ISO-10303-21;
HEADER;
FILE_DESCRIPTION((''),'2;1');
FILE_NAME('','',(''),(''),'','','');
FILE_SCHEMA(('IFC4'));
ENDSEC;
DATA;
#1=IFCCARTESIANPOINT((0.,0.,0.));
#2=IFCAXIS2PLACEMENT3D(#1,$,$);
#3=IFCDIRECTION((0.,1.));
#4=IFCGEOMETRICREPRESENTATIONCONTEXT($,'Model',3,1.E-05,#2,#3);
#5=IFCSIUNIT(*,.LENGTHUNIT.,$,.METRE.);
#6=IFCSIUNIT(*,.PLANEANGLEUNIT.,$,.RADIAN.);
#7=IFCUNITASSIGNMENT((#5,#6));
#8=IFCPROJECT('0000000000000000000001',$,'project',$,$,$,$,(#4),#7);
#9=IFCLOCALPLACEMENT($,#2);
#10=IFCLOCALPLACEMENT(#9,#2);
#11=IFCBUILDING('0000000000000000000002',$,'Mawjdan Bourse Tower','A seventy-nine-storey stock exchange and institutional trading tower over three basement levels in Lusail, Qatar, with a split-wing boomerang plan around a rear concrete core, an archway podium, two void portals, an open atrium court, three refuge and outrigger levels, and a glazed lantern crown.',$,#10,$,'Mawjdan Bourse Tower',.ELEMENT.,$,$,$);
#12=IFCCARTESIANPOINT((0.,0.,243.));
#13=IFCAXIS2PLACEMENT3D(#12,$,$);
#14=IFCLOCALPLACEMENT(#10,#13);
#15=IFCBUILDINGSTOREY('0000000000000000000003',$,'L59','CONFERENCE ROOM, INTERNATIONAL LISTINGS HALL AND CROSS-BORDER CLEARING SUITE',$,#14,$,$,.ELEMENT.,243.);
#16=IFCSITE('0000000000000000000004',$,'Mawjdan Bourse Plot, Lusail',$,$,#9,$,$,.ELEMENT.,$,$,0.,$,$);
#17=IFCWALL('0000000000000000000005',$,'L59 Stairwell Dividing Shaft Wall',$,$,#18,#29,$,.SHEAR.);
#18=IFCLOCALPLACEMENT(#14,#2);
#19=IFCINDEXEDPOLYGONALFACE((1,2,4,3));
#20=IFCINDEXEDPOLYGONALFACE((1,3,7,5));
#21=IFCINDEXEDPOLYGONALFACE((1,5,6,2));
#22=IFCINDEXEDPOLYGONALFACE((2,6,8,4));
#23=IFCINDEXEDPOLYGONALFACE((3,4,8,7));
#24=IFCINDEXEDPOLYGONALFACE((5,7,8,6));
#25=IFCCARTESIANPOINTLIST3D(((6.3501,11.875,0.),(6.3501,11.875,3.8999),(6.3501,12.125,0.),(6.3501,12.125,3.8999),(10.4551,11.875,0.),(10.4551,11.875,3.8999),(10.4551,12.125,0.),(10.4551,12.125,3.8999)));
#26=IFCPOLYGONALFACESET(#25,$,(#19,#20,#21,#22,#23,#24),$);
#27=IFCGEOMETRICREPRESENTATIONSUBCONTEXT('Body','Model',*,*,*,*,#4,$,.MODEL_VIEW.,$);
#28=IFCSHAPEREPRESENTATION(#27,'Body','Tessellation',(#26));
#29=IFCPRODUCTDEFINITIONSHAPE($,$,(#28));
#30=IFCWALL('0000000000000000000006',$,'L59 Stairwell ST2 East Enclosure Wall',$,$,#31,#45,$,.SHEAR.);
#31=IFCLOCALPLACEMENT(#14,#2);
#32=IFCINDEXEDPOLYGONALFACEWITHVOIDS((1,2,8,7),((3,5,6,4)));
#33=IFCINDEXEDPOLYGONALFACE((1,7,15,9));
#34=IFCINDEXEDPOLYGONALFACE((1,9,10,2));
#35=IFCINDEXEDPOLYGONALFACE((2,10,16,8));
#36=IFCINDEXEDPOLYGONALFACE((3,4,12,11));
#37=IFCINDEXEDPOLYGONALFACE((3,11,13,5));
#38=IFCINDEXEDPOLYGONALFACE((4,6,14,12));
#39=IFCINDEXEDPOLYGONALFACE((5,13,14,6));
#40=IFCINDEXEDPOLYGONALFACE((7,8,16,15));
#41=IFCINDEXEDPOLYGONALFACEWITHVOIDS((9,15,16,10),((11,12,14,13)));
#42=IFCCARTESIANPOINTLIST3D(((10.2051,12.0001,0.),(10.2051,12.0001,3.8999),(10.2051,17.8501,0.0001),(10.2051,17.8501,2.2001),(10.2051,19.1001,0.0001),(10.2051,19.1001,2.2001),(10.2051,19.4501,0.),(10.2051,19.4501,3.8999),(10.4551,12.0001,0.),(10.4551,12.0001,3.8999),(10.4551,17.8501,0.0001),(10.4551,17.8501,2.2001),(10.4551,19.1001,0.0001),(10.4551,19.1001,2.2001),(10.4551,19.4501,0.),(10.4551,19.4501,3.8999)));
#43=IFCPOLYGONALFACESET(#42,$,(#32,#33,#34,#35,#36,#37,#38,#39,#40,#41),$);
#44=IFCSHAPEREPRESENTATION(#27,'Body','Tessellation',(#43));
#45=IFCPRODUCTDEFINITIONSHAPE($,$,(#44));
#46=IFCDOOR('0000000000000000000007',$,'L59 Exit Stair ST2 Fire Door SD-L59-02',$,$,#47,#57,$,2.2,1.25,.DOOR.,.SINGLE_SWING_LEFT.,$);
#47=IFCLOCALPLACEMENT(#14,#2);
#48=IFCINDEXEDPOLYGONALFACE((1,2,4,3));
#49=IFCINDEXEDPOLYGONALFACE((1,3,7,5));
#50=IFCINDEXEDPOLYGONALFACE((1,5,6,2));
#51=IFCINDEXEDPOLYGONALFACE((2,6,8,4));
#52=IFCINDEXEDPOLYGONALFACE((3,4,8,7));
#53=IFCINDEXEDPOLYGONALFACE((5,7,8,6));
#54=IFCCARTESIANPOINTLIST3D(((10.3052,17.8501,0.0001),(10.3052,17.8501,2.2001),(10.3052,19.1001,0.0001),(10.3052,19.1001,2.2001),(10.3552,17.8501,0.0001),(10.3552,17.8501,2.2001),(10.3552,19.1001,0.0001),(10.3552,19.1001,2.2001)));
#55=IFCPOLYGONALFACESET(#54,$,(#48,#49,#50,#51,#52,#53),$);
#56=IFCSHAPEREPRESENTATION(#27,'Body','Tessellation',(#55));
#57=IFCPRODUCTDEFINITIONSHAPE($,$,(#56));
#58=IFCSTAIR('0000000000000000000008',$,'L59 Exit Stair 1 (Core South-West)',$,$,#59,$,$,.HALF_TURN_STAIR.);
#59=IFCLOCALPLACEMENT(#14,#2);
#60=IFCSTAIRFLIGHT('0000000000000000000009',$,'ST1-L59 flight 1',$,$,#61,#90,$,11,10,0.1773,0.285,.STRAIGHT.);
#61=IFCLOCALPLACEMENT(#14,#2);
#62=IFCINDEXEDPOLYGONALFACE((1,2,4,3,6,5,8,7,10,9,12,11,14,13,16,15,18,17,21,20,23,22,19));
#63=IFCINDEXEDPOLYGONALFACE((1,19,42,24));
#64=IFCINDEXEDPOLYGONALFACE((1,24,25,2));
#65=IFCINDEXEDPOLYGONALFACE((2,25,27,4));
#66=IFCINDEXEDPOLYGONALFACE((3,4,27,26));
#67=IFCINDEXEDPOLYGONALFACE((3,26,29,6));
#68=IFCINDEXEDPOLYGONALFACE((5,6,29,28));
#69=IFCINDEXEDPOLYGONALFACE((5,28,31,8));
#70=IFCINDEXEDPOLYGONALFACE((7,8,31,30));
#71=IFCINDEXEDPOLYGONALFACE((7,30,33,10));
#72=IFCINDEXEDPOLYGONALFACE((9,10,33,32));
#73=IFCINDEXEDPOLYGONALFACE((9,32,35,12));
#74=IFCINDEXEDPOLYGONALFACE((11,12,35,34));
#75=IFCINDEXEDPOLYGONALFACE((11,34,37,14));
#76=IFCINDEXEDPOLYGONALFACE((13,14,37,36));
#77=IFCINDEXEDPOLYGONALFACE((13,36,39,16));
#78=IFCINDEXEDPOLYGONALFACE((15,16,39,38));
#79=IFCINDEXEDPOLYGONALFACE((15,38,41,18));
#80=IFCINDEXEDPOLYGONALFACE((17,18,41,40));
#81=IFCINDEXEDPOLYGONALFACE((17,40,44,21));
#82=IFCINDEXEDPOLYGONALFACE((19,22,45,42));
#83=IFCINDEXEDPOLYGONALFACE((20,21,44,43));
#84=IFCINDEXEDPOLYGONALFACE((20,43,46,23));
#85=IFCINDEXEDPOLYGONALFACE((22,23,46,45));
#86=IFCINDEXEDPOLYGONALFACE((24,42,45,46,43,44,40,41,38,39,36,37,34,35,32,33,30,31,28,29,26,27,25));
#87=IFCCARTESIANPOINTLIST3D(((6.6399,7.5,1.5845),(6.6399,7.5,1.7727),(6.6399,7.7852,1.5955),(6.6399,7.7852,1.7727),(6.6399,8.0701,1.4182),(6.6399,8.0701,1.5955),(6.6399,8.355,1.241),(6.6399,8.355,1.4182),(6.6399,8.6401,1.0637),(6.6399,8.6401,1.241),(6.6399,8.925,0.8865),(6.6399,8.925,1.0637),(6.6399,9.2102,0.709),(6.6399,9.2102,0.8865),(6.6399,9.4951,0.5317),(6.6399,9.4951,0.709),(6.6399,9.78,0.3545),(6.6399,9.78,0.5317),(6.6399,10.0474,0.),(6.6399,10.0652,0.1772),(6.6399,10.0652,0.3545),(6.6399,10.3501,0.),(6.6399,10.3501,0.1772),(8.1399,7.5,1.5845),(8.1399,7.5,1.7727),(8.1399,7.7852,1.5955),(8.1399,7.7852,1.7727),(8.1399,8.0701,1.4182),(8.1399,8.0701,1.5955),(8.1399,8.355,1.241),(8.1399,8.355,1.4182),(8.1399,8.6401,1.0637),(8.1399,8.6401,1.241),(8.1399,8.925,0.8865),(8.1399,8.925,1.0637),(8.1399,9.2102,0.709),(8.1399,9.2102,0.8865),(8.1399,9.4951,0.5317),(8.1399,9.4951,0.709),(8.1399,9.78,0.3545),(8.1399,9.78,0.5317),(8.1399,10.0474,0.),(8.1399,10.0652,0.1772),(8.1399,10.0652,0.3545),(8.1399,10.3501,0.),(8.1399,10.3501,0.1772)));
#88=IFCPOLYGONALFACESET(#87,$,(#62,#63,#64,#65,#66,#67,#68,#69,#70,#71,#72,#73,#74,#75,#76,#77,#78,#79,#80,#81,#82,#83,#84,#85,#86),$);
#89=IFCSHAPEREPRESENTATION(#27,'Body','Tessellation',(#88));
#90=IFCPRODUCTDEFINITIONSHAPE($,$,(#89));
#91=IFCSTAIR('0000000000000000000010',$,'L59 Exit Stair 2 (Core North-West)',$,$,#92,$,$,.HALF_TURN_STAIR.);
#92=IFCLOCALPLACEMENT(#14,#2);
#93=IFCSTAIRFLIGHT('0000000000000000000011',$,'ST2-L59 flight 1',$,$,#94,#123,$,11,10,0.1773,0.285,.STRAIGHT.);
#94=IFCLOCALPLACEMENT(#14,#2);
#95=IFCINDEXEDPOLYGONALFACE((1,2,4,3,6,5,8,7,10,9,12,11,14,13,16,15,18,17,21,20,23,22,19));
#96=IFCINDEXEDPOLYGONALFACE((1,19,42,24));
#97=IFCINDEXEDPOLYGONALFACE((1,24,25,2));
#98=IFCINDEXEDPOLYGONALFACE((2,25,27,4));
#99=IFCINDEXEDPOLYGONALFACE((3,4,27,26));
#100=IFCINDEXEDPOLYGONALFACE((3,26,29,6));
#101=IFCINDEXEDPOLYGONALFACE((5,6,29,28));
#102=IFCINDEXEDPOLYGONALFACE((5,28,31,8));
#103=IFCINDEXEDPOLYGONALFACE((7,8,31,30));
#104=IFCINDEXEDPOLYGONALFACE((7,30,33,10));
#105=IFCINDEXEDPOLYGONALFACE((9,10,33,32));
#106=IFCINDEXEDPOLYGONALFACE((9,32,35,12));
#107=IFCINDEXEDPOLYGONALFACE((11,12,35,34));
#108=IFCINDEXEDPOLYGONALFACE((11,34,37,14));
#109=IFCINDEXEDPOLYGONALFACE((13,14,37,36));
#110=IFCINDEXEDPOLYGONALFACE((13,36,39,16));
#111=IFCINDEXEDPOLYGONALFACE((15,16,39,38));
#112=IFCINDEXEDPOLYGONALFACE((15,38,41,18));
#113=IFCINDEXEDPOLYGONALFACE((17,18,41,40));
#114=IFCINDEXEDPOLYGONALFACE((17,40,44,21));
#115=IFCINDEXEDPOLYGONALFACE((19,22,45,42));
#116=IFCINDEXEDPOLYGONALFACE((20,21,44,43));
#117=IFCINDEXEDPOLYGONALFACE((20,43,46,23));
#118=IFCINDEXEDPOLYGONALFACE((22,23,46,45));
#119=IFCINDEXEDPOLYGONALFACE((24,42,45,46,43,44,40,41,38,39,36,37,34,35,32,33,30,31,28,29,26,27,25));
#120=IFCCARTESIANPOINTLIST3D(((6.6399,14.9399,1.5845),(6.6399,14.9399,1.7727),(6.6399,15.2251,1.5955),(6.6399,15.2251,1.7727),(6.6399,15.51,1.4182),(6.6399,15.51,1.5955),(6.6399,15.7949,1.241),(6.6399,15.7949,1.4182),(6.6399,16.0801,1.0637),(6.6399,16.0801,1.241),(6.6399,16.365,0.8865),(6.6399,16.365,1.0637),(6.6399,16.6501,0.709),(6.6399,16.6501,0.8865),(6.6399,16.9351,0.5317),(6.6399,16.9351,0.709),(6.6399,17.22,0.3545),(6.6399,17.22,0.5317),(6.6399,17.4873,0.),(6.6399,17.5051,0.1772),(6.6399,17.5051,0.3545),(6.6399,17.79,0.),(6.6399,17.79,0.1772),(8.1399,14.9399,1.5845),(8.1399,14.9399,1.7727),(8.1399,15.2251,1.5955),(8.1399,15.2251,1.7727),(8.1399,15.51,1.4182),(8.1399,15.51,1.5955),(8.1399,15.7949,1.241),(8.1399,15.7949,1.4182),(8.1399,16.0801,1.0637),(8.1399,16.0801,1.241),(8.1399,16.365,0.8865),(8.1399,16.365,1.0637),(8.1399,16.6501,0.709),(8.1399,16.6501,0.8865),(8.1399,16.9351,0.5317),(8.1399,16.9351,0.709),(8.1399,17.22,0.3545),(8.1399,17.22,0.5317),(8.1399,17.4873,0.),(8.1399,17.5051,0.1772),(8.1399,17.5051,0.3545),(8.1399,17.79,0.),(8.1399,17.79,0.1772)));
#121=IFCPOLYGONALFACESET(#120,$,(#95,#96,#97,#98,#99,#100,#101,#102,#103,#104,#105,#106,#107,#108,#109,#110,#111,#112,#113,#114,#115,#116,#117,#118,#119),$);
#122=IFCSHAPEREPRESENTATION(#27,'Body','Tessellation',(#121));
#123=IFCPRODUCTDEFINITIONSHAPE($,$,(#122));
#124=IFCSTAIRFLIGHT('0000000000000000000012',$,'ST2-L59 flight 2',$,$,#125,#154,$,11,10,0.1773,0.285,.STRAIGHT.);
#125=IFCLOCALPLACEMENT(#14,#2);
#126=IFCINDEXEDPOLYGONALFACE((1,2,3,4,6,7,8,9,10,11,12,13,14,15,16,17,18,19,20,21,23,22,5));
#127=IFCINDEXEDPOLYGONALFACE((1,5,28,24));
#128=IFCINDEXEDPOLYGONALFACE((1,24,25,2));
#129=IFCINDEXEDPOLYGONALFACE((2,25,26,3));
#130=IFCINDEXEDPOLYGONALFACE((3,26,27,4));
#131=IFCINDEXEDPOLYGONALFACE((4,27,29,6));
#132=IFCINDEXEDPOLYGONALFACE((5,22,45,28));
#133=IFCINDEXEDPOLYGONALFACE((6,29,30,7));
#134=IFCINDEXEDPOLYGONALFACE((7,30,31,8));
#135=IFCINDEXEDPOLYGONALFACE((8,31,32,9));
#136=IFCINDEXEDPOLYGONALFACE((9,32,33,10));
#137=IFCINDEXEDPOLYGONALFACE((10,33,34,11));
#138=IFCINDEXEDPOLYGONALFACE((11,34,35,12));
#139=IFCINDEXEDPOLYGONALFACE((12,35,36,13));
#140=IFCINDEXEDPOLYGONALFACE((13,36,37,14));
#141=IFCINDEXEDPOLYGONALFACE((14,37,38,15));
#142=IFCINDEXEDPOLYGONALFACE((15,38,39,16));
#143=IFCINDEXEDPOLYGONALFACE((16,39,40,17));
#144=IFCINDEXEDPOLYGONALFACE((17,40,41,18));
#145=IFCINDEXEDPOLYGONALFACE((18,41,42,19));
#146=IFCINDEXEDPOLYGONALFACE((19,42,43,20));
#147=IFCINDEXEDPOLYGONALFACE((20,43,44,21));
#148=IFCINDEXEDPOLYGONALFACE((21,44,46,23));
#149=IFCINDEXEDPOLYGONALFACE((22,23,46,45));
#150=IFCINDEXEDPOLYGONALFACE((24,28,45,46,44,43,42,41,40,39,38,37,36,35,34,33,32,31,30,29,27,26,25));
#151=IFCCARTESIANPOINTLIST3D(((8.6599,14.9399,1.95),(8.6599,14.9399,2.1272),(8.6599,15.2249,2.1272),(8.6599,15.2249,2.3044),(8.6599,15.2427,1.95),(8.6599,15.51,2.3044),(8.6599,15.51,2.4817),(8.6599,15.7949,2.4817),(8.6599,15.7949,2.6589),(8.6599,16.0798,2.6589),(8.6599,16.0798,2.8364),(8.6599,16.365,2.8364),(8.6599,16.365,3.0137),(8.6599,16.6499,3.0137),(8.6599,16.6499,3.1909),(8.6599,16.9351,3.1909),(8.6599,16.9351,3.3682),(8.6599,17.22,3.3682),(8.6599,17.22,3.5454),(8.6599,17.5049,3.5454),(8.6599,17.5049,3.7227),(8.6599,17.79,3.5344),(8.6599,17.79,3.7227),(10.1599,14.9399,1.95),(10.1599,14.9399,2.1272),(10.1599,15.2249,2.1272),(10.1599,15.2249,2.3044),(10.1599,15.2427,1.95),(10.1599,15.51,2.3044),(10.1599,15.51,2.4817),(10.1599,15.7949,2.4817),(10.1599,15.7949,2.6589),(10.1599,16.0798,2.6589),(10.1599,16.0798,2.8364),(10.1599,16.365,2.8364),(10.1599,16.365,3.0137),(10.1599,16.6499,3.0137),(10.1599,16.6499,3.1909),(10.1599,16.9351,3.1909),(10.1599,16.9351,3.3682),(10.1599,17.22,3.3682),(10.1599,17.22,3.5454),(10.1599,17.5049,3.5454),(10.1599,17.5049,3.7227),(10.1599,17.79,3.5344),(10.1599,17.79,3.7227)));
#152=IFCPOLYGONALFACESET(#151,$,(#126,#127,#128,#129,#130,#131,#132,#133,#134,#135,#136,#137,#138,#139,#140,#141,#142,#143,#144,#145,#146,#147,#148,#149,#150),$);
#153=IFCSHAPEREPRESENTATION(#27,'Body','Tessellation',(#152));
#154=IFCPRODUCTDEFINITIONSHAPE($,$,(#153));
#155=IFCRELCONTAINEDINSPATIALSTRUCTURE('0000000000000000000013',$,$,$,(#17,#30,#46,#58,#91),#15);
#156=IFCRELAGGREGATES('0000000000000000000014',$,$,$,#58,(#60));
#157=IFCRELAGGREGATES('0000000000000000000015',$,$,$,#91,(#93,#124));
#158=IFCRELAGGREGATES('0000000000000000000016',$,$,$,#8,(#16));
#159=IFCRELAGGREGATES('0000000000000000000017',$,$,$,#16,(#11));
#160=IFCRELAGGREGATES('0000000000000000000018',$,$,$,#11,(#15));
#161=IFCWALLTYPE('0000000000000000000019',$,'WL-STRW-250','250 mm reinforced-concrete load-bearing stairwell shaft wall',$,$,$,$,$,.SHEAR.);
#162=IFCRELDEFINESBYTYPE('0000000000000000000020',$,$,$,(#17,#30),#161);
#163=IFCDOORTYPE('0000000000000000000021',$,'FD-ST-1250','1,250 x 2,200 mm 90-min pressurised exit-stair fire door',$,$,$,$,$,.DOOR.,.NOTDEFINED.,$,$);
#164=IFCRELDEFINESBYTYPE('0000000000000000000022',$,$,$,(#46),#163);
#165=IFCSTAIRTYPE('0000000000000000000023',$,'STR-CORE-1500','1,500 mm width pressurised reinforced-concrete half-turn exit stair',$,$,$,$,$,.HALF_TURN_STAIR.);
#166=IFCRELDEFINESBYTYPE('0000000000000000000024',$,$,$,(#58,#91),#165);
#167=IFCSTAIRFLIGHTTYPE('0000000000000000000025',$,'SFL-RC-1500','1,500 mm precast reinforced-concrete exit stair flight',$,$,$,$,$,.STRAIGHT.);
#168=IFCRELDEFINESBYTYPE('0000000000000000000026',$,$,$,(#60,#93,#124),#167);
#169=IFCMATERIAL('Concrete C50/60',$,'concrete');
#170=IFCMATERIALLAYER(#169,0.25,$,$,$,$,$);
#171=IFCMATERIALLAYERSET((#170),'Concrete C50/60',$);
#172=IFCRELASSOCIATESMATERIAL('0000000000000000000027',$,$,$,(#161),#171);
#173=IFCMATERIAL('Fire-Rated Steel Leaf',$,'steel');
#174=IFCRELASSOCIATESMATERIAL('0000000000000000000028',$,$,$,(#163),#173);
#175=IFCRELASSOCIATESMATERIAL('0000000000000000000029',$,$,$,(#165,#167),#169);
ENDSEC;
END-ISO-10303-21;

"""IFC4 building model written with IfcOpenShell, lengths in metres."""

from ifc_helpers import new_model, si_unit, direction, frame, frame_2d, origin, place, context, subcontext, project, spatial, polyline, rectangle, outline, extrude, material, layer, layer_set, type_object, element, fill, aggregate, save


model = new_model("IFC4")

# Units and contexts
model_context = context("Model", 3, precision=1e-05, world=origin(), true_north=direction((0.0, 1.0)))
body_context = subcontext(model_context, "Body", "Model", "MODEL_VIEW")
ifc_project = project(units=[si_unit("LENGTHUNIT", "METRE"), si_unit("PLANEANGLEUNIT", "RADIAN")], contexts=[model_context])

# Site, building, storey
site_placement = place(None, origin())
site = spatial("IfcSite", under=ifc_project, at=site_placement, Name="Mawjdan Bourse Plot, Lusail", CompositionType="ELEMENT", RefElevation=0.0)
building_placement = place(site_placement, origin())
building = spatial("IfcBuilding", under=site, at=building_placement, Name="Mawjdan Bourse Tower", Description="A seventy-nine-storey stock exchange and institutional trading tower over three basement levels in Lusail, Qatar, with a split-wing boomerang plan around a rear concrete core, an archway podium, two void portals, an open atrium court, three refuge and outrigger levels, and a glazed lantern crown.", LongName="Mawjdan Bourse Tower", CompositionType="ELEMENT")
storey_placement = place(building_placement, frame((0.0, 0.0, 243.0)))
storey = spatial("IfcBuildingStorey", under=building, at=storey_placement, Name="L59", Description="CONFERENCE ROOM, INTERNATIONAL LISTINGS HALL AND CROSS-BORDER CLEARING SUITE", CompositionType="ELEMENT", Elevation=243.0)

# Shared definitions
ifc_material_1 = material(Name="Concrete C50/60", Category="concrete")

# Wall
ifc_layer_1 = layer(ifc_material_1, 0.25)
ifc_layer_set_1 = layer_set([ifc_layer_1], Name="Concrete C50/60")
wall_type_1 = type_object("IfcWallType", Name="WL-STRW-250", Description="250 mm reinforced-concrete load-bearing stairwell shaft wall", PredefinedType="SHEAR", material=ifc_layer_set_1)
wall_1_placement = place(storey_placement, frame((6.3501, 12.0, 0.0), z_axis=(0.0, 0.0, 1.0), x_axis=(1.0, 0.0, 0.0)))
element("IfcWall", 1, at=wall_1_placement, inside=storey, type_object=wall_type_1, Name="L59 Stairwell Dividing Shaft Wall", PredefinedType="SHEAR", context=body_context, shape_type="SweptSolid", body=[
    extrude(rectangle(XDim=4.105, YDim=0.25, at=frame_2d((2.0525, 0.0))), origin(), (0.0, 0.0, 1.0), 3.8999),
])

# Wall, opening, door
wall_2_placement = place(storey_placement, frame((10.3301, 12.0, 0.0), z_axis=(0.0, 0.0, 1.0), x_axis=(0.0, 1.0, 0.0)))
wall_2 = element("IfcWall", 2, at=wall_2_placement, inside=storey, type_object=wall_type_1, Name="L59 Stairwell ST2 East Enclosure Wall", PredefinedType="SHEAR", context=body_context, shape_type="SweptSolid", body=[
    extrude(rectangle(XDim=7.45, YDim=0.25, at=frame_2d((3.7251, 0.0))), origin(), (0.0, 0.0, 1.0), 3.8999),
])
opening_1_placement = place(wall_2_placement, frame((5.8501, 0.0, 0.0)))
opening_1 = element("IfcOpeningElement", 3, at=opening_1_placement, cuts=wall_2, PredefinedType="OPENING", context=body_context, shape_type="SweptSolid", body=[
    extrude(rectangle(XDim=1.25, YDim=2.2, at=frame_2d((0.625, 1.1001))), frame((0.0, 0.135, 0.0), z_axis=(0.0, -1.0, 0.0), x_axis=(1.0, 0.0, 0.0)), (0.0, 0.0, 1.0), 0.27),
])
ifc_material_2 = material(Name="Fire-Rated Steel Leaf", Category="steel")
door_type_1 = type_object("IfcDoorType", Name="FD-ST-1250", Description="1,250 x 2,200 mm 90-min pressurised exit-stair fire door", OperationType="NOTDEFINED", PredefinedType="DOOR", material=ifc_material_2)
door_1_placement = place(opening_1_placement, origin())
door_1 = element("IfcDoor", 4, at=door_1_placement, inside=storey, type_object=door_type_1, Name="L59 Exit Stair ST2 Fire Door SD-L59-02", OperationType="SINGLE_SWING_LEFT", OverallHeight=2.2, OverallWidth=1.25, PredefinedType="DOOR", context=body_context, shape_type="SweptSolid", body=[
    extrude(rectangle(XDim=1.25, YDim=2.2, at=frame_2d((0.625, 1.1001))), frame((0.0, 0.0249, 0.0), z_axis=(0.0, -1.0, 0.0), x_axis=(1.0, 0.0, 0.0)), (0.0, 0.0, 1.0), 0.05),
])
fill(opening_1, door_1)

# Stair, stair flight
stair_type = type_object("IfcStairType", Name="STR-CORE-1500", Description="1,500 mm width pressurised reinforced-concrete half-turn exit stair", PredefinedType="HALF_TURN_STAIR", material=ifc_material_1)
stair_1_placement = place(storey_placement, origin())
stair_1 = element("IfcStair", 5, at=stair_1_placement, inside=storey, type_object=stair_type, Name="L59 Exit Stair 1 (Core South-West)", PredefinedType="HALF_TURN_STAIR")
stair_flight_type = type_object("IfcStairFlightType", Name="SFL-RC-1500", Description="1,500 mm precast reinforced-concrete exit stair flight", PredefinedType="STRAIGHT", material=ifc_material_1)
stair_flight_1_placement = place(storey_placement, frame((7.3899, 10.3501, 0.0), z_axis=(0.0, 0.0, 1.0), x_axis=(0.0, -1.0, 0.0)))
stair_flight_1 = element("IfcStairFlight", 6, at=stair_flight_1_placement, type_object=stair_flight_type, Name="ST1-L59 flight 1", NumberOfRisers=11, NumberOfTreads=10, PredefinedType="STRAIGHT", RiserHeight=0.1773, TreadLength=0.285, context=body_context, shape_type="SweptSolid", body=[
    extrude(outline(polyline([(0.0, 0.0), (0.0, 0.1772), (0.2849, 0.1772), (0.2849, 0.3545), (0.5701, 0.3545), (0.5701, 0.5317), (0.855, 0.5317), (0.855, 0.709), (1.1399, 0.709), (1.1399, 0.8865), (1.425, 0.8865), (1.425, 1.0637), (1.71, 1.0637), (1.71, 1.241), (1.9951, 1.241), (1.9951, 1.4182), (2.28, 1.4182), (2.28, 1.5955), (2.5649, 1.5955), (2.5649, 1.7727), (2.8501, 1.7727), (2.8501, 1.95), (2.8501, 1.5845), (0.3027, 0.0), (0.0, 0.0)])), frame((0.0, 0.75, 0.0), z_axis=(0.0, -1.0, 0.0), x_axis=(1.0, 0.0, 0.0)), (0.0, 0.0, 1.0), 1.5),
])
aggregate(stair_1, [stair_flight_1])

# Stair, stair flights
stair_2_placement = place(storey_placement, origin())
stair_2 = element("IfcStair", 7, at=stair_2_placement, inside=storey, type_object=stair_type, Name="L59 Exit Stair 2 (Core North-West)", PredefinedType="HALF_TURN_STAIR")
stair_flight_2_placement = place(storey_placement, frame((7.3899, 17.79, 0.0), z_axis=(0.0, 0.0, 1.0), x_axis=(0.0, -1.0, 0.0)))
stair_flight_2 = element("IfcStairFlight", 8, at=stair_flight_2_placement, type_object=stair_flight_type, Name="ST2-L59 flight 1", NumberOfRisers=11, NumberOfTreads=10, PredefinedType="STRAIGHT", RiserHeight=0.1773, TreadLength=0.285, context=body_context, shape_type="SweptSolid", body=[
    extrude(outline(polyline([(0.0, 0.0), (0.0, 0.1772), (0.2849, 0.1772), (0.2849, 0.3545), (0.5701, 0.3545), (0.5701, 0.5317), (0.855, 0.5317), (0.855, 0.709), (1.1399, 0.709), (1.1399, 0.8865), (1.425, 0.8865), (1.425, 1.0637), (1.71, 1.0637), (1.71, 1.241), (1.9951, 1.241), (1.9951, 1.4182), (2.28, 1.4182), (2.28, 1.5955), (2.5649, 1.5955), (2.5649, 1.7727), (2.8501, 1.7727), (2.8501, 1.95), (2.8501, 1.5845), (0.3027, 0.0), (0.0, 0.0)])), frame((0.0, 0.75, 0.0), z_axis=(0.0, -1.0, 0.0), x_axis=(1.0, 0.0, 0.0)), (0.0, 0.0, 1.0), 1.5),
])
stair_flight_3_placement = place(storey_placement, frame((9.4099, 14.9399, 1.95), z_axis=(0.0, 0.0, 1.0), x_axis=(0.0, 1.0, 0.0)))
stair_flight_3 = element("IfcStairFlight", 9, at=stair_flight_3_placement, type_object=stair_flight_type, Name="ST2-L59 flight 2", NumberOfRisers=11, NumberOfTreads=10, PredefinedType="STRAIGHT", RiserHeight=0.1773, TreadLength=0.285, context=body_context, shape_type="SweptSolid", body=[
    extrude(outline(polyline([(0.0, 0.0), (0.0, 0.1772), (0.2849, 0.1772), (0.2849, 0.3545), (0.5701, 0.3545), (0.5701, 0.5317), (0.855, 0.5317), (0.855, 0.709), (1.1399, 0.709), (1.1399, 0.8865), (1.425, 0.8865), (1.425, 1.0637), (1.71, 1.0637), (1.71, 1.241), (1.9951, 1.241), (1.9951, 1.4182), (2.28, 1.4182), (2.28, 1.5955), (2.5649, 1.5955), (2.5649, 1.7727), (2.8501, 1.7727), (2.8501, 1.95), (2.8501, 1.5845), (0.3027, 0.0), (0.0, 0.0)])), frame((0.0, 0.75, 0.0), z_axis=(0.0, -1.0, 0.0), x_axis=(1.0, 0.0, 0.0)), (0.0, 0.0, 1.0), 1.5),
])
aggregate(stair_2, [stair_flight_2, stair_flight_3])

save(model, "model.ifc")
